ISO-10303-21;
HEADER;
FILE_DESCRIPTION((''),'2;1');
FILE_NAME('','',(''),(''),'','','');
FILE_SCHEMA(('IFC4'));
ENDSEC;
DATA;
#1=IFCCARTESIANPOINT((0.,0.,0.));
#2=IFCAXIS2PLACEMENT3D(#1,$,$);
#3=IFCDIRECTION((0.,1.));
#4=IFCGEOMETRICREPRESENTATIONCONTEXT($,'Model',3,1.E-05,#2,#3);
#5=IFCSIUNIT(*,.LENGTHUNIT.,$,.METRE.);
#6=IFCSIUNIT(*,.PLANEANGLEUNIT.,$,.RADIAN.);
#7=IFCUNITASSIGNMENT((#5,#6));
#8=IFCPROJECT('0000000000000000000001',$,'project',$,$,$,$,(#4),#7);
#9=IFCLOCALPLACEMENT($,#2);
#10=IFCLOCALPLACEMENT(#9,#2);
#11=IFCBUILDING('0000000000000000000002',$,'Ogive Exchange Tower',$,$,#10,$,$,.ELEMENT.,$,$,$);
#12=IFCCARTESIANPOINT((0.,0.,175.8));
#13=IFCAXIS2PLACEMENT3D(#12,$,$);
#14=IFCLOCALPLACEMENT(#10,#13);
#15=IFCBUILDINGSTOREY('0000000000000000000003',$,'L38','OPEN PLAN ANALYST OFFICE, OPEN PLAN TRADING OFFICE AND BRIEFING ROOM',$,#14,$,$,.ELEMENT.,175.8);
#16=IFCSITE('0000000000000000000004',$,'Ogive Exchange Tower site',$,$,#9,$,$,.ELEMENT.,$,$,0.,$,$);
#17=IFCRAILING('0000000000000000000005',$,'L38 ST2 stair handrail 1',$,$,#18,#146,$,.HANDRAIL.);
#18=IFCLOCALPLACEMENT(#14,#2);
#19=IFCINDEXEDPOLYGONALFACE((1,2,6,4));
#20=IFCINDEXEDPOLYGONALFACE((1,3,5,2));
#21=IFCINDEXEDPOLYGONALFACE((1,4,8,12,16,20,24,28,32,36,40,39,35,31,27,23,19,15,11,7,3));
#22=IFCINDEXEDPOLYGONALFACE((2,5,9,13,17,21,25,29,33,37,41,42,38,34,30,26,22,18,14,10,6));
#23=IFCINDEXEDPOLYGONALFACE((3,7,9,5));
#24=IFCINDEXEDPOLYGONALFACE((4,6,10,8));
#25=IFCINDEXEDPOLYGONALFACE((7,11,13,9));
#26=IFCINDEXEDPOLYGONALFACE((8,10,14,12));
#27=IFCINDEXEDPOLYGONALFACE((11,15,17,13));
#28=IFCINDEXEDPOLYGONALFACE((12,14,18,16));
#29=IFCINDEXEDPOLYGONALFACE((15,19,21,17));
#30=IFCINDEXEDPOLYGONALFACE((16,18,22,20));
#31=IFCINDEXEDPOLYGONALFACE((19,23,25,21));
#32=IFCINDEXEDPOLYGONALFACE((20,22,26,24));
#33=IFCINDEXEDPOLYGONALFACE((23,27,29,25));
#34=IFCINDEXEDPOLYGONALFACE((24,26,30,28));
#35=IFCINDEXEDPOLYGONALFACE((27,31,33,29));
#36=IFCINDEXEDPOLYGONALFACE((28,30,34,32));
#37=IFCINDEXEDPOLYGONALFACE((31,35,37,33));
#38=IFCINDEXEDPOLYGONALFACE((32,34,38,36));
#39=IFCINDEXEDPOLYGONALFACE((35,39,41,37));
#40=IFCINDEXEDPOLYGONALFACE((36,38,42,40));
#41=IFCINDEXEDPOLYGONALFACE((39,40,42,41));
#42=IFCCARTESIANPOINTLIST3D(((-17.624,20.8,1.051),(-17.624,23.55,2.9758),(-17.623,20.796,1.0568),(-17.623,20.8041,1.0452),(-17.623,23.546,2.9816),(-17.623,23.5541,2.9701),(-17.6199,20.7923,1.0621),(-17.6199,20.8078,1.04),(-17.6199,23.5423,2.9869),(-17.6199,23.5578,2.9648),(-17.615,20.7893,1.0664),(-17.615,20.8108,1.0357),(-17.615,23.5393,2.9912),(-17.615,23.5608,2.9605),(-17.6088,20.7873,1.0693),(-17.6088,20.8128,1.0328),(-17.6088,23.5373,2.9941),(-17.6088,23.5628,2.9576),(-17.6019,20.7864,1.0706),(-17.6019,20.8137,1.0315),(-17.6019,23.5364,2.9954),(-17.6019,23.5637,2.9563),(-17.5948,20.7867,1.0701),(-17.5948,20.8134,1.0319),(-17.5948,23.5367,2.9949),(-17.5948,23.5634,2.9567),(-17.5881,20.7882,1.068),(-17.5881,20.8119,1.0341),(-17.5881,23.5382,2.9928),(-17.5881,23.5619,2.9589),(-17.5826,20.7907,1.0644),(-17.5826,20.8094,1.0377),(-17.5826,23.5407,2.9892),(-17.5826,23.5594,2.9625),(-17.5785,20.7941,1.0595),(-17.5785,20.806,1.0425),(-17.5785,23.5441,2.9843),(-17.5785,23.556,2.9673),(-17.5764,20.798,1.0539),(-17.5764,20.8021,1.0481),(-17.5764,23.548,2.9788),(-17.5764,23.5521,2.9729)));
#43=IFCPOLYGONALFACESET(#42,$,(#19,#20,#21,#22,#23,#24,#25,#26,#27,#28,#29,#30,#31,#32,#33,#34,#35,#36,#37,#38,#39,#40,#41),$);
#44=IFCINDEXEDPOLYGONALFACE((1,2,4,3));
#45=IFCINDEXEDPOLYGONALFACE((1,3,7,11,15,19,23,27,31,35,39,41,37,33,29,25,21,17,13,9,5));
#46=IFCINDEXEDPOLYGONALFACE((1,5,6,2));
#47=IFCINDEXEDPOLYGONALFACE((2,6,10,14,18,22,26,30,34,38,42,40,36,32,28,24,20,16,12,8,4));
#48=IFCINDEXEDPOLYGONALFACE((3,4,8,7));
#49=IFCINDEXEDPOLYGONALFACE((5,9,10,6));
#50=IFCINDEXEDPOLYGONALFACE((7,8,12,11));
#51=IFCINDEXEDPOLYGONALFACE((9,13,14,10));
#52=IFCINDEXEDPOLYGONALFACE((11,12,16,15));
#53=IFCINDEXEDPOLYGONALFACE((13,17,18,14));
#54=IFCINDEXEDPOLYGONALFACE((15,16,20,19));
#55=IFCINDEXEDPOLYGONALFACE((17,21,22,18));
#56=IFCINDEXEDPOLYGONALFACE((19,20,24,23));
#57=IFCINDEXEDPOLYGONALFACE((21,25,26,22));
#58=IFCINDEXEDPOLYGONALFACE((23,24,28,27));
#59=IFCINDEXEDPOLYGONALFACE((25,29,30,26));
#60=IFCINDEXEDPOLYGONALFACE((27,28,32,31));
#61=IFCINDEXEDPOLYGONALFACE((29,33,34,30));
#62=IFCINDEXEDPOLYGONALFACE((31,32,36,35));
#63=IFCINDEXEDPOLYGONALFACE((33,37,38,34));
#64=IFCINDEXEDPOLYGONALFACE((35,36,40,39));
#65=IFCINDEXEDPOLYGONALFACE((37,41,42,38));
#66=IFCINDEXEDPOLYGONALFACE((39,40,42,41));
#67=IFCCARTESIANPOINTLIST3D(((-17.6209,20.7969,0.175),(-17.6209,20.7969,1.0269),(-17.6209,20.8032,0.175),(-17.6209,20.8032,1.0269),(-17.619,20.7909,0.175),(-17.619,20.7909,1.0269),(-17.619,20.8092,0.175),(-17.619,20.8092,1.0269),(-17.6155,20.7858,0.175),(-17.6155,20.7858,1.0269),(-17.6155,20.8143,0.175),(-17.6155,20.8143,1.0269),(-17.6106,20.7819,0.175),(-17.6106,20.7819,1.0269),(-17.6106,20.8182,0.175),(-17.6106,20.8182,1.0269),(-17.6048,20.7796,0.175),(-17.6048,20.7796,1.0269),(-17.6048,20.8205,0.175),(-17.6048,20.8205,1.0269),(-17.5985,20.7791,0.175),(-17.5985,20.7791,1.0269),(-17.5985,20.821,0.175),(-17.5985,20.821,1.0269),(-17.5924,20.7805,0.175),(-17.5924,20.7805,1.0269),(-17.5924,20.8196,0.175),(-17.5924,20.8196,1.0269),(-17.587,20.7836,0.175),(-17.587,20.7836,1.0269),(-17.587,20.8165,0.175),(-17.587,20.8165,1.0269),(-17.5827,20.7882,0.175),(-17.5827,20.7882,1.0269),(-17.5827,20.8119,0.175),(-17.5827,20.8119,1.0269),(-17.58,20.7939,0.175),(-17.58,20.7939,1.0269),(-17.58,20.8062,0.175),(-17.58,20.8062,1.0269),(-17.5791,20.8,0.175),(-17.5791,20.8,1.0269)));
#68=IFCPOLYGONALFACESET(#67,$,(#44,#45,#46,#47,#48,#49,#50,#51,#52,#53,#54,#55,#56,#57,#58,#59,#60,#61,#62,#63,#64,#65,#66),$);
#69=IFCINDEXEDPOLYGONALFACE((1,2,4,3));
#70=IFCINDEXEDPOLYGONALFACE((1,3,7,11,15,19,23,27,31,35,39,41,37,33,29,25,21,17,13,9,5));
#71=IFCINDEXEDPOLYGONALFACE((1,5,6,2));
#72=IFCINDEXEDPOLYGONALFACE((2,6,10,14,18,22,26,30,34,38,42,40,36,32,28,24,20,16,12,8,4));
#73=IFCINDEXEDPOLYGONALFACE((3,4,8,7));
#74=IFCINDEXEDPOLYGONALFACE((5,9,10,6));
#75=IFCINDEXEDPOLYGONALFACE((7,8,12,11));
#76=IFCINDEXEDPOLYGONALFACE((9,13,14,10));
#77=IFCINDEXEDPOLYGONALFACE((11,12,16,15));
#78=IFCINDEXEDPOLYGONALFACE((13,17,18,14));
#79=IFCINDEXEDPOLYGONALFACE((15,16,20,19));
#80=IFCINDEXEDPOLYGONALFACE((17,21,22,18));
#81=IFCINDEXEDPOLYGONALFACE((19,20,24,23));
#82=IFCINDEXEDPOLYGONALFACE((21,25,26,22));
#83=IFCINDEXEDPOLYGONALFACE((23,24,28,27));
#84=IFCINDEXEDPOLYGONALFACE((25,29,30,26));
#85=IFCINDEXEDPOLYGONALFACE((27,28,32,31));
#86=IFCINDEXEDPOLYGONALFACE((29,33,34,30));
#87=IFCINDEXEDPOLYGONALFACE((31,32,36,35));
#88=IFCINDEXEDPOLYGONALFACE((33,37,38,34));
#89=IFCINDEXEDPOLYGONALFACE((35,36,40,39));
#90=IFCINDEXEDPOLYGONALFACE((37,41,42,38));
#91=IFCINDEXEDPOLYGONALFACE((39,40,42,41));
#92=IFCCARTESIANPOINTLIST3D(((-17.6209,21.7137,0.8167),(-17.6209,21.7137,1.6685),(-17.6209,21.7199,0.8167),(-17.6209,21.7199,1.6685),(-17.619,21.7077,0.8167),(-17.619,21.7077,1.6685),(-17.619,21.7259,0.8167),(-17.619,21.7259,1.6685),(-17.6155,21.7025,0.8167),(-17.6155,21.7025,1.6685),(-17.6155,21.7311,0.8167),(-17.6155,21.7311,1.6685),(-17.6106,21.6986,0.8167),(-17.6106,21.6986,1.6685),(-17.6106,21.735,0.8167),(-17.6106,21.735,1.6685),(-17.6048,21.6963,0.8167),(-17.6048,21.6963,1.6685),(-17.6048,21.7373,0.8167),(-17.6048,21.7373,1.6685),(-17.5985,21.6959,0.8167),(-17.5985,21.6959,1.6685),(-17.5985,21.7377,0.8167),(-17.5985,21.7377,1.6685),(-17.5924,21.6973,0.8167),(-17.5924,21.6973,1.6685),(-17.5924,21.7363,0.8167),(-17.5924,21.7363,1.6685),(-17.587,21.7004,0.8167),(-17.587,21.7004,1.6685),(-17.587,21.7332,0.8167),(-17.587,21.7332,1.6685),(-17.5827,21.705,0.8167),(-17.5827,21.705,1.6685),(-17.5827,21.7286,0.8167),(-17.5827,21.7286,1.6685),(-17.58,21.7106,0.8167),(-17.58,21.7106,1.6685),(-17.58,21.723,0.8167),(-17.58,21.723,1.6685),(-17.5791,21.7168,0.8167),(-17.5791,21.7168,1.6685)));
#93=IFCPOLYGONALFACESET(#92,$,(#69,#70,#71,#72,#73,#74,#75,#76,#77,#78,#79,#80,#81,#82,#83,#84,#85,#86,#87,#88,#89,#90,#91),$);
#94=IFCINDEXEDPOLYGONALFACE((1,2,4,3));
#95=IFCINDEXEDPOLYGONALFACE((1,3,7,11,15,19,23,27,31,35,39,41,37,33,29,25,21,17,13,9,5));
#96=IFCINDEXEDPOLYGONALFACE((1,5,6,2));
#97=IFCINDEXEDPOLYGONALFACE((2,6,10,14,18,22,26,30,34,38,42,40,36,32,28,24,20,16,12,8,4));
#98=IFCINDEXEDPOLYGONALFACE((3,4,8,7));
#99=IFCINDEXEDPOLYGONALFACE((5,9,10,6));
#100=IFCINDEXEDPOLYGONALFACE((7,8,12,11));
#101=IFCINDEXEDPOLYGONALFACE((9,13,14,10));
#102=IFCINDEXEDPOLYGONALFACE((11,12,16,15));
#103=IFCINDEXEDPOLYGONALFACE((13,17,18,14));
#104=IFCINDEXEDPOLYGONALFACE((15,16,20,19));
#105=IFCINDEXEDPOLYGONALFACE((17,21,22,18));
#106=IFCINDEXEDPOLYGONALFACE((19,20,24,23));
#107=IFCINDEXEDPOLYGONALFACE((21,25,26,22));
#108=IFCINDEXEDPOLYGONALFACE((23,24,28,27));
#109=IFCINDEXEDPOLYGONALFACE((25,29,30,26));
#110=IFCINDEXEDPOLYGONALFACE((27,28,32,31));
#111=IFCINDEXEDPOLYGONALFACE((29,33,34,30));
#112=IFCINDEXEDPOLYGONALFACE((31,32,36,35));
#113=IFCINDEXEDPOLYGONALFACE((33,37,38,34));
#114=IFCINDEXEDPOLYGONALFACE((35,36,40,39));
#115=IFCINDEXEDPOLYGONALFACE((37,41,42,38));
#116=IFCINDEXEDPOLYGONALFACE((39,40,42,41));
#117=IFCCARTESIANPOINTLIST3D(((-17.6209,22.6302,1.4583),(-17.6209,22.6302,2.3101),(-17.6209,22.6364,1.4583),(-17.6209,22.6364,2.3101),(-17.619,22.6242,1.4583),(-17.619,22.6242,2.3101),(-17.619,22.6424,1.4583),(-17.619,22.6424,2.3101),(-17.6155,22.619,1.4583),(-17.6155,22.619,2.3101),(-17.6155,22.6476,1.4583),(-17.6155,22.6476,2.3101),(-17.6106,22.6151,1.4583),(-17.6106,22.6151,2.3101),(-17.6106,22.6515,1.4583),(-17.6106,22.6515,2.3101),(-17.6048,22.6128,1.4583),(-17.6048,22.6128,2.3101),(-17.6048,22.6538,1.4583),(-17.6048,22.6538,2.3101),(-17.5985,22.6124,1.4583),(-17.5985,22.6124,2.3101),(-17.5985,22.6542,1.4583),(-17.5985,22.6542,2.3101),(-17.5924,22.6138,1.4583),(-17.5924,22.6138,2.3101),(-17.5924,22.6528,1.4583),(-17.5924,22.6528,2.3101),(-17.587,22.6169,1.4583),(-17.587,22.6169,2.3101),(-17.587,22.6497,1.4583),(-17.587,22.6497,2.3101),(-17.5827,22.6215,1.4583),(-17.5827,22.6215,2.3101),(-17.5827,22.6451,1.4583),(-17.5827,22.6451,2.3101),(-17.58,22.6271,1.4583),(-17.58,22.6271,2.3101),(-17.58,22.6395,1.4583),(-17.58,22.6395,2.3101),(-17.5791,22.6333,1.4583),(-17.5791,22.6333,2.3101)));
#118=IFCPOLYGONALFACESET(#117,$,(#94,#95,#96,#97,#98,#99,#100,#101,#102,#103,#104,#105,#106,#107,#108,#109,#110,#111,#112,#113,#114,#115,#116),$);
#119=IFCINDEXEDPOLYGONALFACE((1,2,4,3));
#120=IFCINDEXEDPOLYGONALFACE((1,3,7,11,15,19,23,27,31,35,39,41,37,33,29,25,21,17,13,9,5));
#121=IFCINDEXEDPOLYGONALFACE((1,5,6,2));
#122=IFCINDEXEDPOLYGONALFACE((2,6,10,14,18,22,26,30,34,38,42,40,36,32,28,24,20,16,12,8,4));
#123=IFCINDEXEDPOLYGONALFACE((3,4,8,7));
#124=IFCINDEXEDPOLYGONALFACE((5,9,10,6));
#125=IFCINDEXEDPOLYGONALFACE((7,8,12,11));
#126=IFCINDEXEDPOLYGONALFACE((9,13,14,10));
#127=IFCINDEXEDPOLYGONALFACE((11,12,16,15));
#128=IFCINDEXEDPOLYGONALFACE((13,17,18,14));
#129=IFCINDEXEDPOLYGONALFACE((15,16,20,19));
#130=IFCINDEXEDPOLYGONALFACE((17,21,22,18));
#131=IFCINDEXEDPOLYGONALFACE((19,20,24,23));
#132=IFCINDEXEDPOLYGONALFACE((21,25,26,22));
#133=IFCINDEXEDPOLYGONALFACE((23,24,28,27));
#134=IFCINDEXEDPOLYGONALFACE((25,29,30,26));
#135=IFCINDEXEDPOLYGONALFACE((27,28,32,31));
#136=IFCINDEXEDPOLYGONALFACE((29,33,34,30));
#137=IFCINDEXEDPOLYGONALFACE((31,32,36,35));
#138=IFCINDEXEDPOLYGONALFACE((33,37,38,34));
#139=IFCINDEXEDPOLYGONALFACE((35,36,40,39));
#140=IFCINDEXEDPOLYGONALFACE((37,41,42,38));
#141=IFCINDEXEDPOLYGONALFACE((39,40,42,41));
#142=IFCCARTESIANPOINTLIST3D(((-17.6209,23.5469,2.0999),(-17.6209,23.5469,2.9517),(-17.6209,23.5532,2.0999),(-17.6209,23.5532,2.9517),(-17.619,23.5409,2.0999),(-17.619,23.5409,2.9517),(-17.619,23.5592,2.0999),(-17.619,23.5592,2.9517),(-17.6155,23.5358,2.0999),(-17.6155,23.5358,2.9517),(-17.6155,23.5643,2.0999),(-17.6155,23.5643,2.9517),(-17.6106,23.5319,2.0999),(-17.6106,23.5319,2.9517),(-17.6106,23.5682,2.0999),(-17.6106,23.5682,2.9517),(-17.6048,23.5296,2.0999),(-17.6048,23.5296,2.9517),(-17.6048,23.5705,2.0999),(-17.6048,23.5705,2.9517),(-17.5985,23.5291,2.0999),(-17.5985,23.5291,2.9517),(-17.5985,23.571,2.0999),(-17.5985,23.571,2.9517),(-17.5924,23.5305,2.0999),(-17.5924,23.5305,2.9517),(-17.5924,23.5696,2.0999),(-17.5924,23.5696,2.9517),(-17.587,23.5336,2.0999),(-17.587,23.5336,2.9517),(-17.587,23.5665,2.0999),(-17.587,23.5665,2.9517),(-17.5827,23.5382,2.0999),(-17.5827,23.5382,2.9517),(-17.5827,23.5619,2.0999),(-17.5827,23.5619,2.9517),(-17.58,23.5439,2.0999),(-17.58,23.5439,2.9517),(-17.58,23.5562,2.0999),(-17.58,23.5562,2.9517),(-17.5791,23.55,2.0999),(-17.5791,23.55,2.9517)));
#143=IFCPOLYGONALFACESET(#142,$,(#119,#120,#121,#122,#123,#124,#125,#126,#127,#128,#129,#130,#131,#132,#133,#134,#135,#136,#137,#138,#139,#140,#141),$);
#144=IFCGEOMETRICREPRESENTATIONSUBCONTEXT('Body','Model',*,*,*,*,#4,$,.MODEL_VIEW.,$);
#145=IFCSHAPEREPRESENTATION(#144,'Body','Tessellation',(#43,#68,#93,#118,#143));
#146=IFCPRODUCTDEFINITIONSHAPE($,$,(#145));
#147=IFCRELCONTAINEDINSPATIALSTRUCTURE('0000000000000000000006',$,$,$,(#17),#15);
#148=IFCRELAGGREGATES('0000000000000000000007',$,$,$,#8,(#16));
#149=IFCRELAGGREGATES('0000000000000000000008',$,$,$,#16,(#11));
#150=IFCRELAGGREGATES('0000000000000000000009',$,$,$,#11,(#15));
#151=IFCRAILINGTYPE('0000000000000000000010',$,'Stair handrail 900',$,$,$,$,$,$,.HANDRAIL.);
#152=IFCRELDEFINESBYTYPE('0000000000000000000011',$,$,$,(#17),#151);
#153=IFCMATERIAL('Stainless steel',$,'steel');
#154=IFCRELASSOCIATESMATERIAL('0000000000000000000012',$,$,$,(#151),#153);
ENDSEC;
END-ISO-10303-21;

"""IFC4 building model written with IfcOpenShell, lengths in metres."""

from ifc_helpers import new_model, si_unit, direction, frame, origin, origin_2d, place, context, subcontext, project, spatial, circle, extrude, material, type_object, element, save


model = new_model("IFC4")

# Units and contexts
model_context = context("Model", 3, precision=1e-05, world=origin(), true_north=direction((0.0, 1.0)))
body_context = subcontext(model_context, "Body", "Model", "MODEL_VIEW")
ifc_project = project(units=[si_unit("LENGTHUNIT", "METRE"), si_unit("PLANEANGLEUNIT", "RADIAN")], contexts=[model_context])

# Site, building, storey
site_placement = place(None, origin())
site = spatial("IfcSite", under=ifc_project, at=site_placement, Name="Ogive Exchange Tower site", CompositionType="ELEMENT", RefElevation=0.0)
building_placement = place(site_placement, origin())
building = spatial("IfcBuilding", under=site, at=building_placement, Name="Ogive Exchange Tower", CompositionType="ELEMENT")
storey_placement = place(building_placement, frame((0.0, 0.0, 175.8)))
storey = spatial("IfcBuildingStorey", under=building, at=storey_placement, Name="L38", Description="OPEN PLAN ANALYST OFFICE, OPEN PLAN TRADING OFFICE AND BRIEFING ROOM", CompositionType="ELEMENT", Elevation=175.8)

# Railing
ifc_material_1 = material(Name="Stainless steel", Category="steel")
railing_type = type_object("IfcRailingType", Name="Stair handrail 900", PredefinedType="HANDRAIL", material=ifc_material_1)
railing_1_placement = place(storey_placement, frame((-17.6001, 20.8, 0.175)))
element("IfcRailing", 1, at=railing_1_placement, inside=storey, type_object=railing_type, Name="L38 ST2 stair handrail 1", PredefinedType="HANDRAIL", context=body_context, shape_type="SweptSolid", body=[
    extrude(circle(Radius=0.0239, at=origin_2d()), frame((0.0, 0.0, 0.876), z_axis=(0.0, 0.819259, 0.573423), x_axis=(-1.0, 0.0, 0.0)), (0.0, 0.0, 1.0), 3.3567),
    extrude(circle(Radius=0.021, at=origin_2d()), origin(), (0.0, 0.0, 1.0), 0.8518),
    extrude(circle(Radius=0.021, at=origin_2d()), frame((0.0, 0.9167, 0.6416)), (0.0, 0.0, 1.0), 0.8518),
    extrude(circle(Radius=0.021, at=origin_2d()), frame((0.0, 1.8333, 1.2832)), (0.0, 0.0, 1.0), 0.8518),
    extrude(circle(Radius=0.021, at=origin_2d()), frame((0.0, 2.75, 1.9248)), (0.0, 0.0, 1.0), 0.8518),
])

save(model, "model.ifc")
